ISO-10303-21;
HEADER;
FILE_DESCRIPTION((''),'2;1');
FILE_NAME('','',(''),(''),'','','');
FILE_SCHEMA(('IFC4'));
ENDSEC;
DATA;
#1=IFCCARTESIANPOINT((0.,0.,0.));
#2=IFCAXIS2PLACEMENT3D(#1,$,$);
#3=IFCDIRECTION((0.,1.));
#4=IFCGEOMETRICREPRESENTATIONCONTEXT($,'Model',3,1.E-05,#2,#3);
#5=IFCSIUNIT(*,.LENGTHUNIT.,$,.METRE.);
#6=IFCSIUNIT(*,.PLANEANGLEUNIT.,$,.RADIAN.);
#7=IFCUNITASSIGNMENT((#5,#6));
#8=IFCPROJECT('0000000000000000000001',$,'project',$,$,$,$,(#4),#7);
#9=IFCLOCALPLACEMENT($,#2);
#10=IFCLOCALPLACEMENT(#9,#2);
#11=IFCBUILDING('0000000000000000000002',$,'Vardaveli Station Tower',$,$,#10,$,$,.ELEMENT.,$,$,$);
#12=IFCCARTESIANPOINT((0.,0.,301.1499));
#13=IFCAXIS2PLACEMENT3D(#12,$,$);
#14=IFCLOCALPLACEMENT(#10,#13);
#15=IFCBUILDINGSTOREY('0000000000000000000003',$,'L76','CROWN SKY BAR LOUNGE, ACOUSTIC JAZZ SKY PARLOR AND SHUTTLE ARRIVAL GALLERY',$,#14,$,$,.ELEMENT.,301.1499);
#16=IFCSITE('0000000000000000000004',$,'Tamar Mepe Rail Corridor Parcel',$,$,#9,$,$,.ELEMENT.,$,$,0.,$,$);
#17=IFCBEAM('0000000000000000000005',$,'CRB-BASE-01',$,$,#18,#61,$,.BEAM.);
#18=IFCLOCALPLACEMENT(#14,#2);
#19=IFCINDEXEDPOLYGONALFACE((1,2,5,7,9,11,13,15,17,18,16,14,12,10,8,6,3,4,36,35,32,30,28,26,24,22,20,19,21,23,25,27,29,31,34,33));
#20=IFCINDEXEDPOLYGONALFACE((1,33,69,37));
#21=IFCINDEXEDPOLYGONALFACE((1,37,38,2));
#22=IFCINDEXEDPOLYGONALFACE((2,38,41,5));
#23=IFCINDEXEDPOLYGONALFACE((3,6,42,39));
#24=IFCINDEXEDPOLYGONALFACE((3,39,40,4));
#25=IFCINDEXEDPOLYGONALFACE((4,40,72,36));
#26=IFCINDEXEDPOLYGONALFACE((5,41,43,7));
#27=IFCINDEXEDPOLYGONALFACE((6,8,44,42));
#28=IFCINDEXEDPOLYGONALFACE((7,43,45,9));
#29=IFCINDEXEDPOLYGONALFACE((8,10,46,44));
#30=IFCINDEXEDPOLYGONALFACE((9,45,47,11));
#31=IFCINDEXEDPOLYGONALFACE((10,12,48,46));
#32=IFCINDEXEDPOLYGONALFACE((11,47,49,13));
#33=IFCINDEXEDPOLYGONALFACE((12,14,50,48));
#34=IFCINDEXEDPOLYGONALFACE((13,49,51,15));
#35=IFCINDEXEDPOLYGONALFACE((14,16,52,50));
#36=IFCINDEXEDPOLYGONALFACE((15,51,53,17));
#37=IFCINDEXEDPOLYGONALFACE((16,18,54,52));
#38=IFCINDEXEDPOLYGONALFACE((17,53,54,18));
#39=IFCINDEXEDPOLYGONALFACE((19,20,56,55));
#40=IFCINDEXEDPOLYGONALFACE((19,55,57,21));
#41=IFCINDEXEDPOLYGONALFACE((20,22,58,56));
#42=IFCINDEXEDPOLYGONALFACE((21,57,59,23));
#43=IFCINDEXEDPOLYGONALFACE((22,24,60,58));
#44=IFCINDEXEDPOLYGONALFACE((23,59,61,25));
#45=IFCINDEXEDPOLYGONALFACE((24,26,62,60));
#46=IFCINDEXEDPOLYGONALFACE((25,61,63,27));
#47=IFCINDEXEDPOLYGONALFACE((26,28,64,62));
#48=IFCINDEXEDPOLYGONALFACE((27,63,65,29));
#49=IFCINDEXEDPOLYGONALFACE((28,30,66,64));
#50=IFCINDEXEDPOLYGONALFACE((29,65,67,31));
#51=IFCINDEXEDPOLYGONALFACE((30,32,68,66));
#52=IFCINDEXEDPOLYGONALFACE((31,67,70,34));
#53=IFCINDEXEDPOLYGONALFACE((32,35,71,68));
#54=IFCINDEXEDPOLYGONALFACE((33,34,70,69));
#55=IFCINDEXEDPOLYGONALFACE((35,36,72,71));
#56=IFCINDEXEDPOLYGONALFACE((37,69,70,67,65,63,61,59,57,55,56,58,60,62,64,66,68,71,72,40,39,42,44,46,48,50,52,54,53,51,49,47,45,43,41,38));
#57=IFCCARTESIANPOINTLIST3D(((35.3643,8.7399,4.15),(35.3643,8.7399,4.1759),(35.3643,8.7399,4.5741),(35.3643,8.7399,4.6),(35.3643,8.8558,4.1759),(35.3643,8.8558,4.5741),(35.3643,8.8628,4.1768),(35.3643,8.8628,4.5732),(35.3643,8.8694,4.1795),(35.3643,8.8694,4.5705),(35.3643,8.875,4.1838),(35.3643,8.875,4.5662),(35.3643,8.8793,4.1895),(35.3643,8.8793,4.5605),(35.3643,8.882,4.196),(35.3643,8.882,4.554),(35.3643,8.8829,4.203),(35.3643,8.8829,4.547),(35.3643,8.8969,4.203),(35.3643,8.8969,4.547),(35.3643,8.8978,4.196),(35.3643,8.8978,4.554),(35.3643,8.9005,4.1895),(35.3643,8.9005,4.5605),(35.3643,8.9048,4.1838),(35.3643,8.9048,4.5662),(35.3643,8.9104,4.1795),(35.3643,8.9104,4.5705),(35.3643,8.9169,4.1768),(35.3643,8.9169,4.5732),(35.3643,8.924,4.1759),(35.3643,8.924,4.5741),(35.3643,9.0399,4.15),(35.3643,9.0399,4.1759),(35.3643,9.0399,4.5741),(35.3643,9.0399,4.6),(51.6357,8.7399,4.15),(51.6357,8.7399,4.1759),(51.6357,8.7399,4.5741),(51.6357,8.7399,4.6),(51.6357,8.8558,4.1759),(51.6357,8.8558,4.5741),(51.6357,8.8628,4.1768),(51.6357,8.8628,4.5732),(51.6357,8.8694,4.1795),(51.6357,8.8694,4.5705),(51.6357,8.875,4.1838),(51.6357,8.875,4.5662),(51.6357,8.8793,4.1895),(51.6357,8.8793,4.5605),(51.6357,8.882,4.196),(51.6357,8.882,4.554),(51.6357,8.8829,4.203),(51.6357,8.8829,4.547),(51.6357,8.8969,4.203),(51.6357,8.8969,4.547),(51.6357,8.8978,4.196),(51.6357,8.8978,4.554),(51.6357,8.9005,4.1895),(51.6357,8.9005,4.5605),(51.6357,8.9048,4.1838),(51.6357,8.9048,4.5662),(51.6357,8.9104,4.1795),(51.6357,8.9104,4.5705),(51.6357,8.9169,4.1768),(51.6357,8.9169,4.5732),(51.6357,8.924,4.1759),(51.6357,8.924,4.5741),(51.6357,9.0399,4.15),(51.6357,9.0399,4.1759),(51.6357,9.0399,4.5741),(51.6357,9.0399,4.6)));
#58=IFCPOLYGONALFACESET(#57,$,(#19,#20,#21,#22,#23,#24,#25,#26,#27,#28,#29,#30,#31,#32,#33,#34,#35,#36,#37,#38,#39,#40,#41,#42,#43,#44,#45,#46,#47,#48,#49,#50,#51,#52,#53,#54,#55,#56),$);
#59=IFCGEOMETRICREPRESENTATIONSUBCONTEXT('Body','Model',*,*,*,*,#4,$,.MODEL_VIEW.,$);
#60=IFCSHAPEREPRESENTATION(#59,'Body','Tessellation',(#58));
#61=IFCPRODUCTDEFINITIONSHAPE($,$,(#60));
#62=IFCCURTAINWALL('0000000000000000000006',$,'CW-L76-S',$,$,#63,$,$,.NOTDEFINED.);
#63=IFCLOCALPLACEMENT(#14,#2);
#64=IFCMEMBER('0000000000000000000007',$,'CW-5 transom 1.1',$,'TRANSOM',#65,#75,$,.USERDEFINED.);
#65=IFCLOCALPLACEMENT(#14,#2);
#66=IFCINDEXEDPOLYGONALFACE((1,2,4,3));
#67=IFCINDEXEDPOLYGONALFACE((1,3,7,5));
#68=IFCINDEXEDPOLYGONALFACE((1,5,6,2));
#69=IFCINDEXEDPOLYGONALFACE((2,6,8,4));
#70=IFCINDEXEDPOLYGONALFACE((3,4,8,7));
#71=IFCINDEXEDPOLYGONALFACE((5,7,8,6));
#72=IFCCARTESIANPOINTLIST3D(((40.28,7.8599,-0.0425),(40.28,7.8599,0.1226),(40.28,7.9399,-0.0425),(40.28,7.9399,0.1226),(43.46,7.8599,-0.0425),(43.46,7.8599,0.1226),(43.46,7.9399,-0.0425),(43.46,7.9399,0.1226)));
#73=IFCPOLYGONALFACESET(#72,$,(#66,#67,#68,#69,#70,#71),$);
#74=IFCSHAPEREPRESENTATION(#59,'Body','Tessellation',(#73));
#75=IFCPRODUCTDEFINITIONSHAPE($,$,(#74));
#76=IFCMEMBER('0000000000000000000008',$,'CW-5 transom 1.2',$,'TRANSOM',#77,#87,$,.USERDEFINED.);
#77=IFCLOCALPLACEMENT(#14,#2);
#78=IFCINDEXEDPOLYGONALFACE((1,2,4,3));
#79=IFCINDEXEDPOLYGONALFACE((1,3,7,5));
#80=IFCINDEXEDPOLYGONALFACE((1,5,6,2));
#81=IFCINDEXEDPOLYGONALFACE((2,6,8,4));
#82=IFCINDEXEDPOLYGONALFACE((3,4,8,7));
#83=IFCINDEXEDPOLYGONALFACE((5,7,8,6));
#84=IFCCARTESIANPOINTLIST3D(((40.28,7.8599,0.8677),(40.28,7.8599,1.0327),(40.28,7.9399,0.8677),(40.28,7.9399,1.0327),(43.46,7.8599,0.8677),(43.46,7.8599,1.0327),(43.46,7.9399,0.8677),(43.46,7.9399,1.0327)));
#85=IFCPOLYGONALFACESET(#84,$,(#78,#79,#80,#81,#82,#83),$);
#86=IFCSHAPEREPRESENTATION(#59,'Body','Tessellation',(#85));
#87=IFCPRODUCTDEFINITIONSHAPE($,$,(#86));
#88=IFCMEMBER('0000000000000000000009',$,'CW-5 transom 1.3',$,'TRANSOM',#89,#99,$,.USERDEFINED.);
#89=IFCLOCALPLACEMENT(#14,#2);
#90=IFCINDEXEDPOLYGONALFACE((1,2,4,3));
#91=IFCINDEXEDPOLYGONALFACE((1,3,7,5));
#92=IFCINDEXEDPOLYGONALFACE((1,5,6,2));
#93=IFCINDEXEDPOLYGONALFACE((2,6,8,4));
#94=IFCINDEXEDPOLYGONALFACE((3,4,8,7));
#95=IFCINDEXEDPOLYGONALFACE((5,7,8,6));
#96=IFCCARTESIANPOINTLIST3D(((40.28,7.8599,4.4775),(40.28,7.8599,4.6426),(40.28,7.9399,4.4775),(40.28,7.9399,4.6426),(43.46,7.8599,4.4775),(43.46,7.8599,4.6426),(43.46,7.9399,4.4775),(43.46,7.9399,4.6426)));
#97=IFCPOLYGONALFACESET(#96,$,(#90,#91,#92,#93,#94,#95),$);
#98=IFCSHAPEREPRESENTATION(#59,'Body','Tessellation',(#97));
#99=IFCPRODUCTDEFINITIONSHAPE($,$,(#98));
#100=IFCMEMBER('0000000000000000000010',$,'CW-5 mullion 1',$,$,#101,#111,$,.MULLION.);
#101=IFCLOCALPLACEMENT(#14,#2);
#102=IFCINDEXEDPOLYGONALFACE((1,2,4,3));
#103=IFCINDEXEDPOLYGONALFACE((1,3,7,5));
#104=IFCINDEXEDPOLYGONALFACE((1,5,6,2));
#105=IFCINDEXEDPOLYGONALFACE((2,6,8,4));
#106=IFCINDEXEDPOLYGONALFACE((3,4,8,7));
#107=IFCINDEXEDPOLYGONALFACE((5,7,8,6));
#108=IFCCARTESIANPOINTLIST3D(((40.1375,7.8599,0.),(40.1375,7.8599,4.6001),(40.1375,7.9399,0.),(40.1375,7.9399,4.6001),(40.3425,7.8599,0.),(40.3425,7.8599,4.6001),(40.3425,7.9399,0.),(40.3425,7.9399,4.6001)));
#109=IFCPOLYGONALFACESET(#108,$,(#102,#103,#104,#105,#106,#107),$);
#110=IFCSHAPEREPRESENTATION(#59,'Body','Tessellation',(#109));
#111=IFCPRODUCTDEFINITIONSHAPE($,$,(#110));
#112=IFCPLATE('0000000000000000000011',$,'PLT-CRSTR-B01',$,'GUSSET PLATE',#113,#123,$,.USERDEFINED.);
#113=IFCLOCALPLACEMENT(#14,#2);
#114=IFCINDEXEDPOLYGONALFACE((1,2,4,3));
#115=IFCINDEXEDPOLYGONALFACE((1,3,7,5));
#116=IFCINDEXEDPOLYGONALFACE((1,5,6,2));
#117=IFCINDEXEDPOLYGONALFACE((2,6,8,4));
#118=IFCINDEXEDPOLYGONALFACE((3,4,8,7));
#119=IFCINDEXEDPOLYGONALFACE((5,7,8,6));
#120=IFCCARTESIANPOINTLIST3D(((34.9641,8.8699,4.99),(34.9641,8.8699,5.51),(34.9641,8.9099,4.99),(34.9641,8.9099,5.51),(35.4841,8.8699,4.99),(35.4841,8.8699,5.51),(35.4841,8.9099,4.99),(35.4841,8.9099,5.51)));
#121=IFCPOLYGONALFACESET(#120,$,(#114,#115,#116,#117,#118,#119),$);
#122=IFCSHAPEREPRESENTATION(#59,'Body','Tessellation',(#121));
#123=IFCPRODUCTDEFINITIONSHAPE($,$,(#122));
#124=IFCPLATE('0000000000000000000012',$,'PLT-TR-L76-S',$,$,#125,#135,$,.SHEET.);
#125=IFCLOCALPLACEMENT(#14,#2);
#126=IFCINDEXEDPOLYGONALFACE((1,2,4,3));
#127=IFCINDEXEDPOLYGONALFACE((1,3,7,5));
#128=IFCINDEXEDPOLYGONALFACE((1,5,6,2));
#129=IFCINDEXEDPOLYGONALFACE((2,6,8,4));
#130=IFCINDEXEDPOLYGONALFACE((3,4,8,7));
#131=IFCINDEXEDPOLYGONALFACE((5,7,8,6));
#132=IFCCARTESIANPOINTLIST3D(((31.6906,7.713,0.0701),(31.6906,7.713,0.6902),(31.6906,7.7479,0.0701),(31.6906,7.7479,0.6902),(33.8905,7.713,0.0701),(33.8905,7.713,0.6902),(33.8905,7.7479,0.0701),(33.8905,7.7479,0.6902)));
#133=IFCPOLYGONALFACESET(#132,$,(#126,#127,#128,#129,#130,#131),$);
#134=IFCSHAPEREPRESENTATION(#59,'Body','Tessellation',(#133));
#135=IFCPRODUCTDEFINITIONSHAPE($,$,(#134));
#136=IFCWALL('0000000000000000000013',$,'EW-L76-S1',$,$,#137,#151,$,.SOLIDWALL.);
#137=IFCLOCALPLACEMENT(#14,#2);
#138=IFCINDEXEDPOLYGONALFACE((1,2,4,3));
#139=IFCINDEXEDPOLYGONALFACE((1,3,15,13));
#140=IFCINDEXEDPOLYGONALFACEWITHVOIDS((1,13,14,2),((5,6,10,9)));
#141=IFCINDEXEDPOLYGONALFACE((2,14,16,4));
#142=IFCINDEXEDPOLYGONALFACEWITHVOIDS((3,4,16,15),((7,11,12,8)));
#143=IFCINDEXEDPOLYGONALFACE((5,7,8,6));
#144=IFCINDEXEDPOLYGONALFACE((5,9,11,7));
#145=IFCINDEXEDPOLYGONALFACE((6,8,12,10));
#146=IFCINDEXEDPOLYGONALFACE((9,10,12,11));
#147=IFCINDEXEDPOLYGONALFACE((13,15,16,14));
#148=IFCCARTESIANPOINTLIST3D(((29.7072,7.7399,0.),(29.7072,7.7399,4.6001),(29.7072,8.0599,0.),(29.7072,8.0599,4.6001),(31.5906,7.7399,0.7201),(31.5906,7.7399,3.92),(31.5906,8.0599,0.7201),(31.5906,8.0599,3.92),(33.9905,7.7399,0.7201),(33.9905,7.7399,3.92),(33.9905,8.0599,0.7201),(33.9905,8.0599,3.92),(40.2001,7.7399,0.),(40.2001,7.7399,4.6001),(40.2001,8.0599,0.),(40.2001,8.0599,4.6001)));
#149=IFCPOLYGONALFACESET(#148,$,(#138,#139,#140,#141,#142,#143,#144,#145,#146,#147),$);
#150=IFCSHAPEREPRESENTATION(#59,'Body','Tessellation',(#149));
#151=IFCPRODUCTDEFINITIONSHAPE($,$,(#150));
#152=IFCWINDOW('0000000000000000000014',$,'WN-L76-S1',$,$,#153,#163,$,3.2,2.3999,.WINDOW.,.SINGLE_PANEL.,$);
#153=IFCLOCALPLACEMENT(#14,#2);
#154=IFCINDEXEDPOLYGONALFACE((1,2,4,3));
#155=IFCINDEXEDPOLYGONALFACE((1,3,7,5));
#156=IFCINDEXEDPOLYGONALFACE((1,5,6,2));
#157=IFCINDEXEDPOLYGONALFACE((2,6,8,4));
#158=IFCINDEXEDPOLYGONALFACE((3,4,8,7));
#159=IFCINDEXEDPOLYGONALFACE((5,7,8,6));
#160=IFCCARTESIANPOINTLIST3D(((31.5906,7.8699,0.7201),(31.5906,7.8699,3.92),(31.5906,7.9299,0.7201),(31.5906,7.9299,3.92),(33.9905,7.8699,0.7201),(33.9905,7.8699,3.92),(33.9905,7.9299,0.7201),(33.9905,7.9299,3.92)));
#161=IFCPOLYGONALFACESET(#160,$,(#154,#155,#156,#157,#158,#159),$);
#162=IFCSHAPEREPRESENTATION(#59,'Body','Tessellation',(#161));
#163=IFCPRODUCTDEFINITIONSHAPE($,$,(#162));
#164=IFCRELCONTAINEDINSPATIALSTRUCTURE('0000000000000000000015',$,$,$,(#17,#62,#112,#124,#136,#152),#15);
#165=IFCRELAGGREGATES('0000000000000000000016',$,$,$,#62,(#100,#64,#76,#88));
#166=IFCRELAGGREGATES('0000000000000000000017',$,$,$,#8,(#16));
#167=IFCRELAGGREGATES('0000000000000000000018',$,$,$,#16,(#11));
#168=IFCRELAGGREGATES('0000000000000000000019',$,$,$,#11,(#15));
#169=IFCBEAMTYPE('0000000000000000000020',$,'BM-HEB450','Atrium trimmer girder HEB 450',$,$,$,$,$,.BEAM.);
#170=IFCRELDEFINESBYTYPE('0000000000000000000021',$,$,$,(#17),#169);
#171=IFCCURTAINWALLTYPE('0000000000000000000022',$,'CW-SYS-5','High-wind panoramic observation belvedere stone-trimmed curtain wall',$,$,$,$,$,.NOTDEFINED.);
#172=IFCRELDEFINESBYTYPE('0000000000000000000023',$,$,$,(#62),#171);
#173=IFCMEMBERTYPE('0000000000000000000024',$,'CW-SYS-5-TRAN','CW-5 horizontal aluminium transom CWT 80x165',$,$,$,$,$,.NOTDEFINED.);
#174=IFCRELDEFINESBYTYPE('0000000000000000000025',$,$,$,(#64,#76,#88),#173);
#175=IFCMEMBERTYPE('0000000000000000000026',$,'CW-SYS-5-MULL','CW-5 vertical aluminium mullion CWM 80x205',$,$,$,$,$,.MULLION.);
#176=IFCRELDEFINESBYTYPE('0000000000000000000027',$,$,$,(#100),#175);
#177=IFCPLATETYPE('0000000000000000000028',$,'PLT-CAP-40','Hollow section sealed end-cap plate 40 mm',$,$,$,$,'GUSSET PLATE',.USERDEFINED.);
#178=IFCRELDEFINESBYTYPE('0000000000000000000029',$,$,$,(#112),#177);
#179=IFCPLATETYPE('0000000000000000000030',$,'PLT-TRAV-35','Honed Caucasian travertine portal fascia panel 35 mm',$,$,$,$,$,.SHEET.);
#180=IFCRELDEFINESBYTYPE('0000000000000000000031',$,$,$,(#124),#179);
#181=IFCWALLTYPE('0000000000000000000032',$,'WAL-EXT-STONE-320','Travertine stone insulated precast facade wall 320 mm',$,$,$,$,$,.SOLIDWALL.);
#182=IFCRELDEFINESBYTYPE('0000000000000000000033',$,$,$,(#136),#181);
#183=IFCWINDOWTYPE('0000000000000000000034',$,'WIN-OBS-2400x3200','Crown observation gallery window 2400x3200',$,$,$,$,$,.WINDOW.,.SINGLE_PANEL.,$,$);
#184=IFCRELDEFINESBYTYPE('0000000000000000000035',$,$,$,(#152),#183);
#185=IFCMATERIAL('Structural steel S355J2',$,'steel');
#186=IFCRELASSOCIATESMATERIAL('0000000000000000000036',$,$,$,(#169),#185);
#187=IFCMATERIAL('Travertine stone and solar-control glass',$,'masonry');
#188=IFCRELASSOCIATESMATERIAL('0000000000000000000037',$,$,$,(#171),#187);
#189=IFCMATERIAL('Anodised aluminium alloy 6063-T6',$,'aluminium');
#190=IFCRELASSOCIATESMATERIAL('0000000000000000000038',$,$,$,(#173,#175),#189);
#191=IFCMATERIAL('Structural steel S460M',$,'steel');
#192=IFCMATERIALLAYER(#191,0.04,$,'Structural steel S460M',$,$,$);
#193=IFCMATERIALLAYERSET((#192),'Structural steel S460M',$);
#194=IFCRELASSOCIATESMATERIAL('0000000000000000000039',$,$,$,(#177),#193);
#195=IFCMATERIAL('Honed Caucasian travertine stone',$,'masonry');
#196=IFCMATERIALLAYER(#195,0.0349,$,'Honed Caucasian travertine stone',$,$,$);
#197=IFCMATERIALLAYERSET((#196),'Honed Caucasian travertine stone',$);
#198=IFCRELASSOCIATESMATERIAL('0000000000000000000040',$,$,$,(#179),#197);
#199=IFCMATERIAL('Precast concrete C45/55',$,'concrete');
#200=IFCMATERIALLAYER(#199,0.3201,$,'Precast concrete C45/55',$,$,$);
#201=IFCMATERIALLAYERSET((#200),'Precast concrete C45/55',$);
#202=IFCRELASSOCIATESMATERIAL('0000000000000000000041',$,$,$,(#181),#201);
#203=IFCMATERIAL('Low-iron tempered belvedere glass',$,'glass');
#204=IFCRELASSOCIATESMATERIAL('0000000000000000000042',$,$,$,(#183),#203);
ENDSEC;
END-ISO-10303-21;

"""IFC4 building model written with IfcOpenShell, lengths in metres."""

from ifc_helpers import new_model, si_unit, direction, frame, frame_2d, origin, origin_2d, place, context, subcontext, project, spatial, rectangle, i_section, extrude, source, transform, mapped, material, layer, layer_set, material_profile, profile_set, type_object, element, fill, aggregate, save


model = new_model("IFC4")

# Units and contexts
model_context = context("Model", 3, precision=1e-05, world=origin(), true_north=direction((0.0, 1.0)))
body_context = subcontext(model_context, "Body", "Model", "MODEL_VIEW")
ifc_project = project(units=[si_unit("LENGTHUNIT", "METRE"), si_unit("PLANEANGLEUNIT", "RADIAN")], contexts=[model_context])

# Site, building, storey
site_placement = place(None, origin())
site = spatial("IfcSite", under=ifc_project, at=site_placement, Name="Tamar Mepe Rail Corridor Parcel", CompositionType="ELEMENT", RefElevation=0.0)
building_placement = place(site_placement, origin())
building = spatial("IfcBuilding", under=site, at=building_placement, Name="Vardaveli Station Tower", CompositionType="ELEMENT")
storey_placement = place(building_placement, frame((0.0, 0.0, 301.1499)))
storey = spatial("IfcBuildingStorey", under=building, at=storey_placement, Name="L76", Description="CROWN SKY BAR LOUNGE, ACOUSTIC JAZZ SKY PARLOR AND SHUTTLE ARRIVAL GALLERY", CompositionType="ELEMENT", Elevation=301.1499)

# Shared definitions
ifc_material_1 = material(Name="Structural steel S355J2", Category="steel")

# Beam
ifc_material_2 = material(Name="Precast concrete C45/55", Category="concrete")
ifc_material_profile_1 = material_profile(ifc_material_1, i_section(OverallWidth=0.3, OverallDepth=0.45, WebThickness=0.0139, FlangeThickness=0.0259, FilletRadius=0.0271, at=origin_2d()), Name="HEB 450")
ifc_profile_set_1 = profile_set([ifc_material_profile_1], Name="Structural steel S355J2")
beam_type_1 = type_object("IfcBeamType", Name="BM-HEB450", Description="Atrium trimmer girder HEB 450", PredefinedType="BEAM", material=ifc_profile_set_1)
shared_shape_1 = source(origin(), body_context, "Body", "SweptSolid", [
    extrude(i_section(OverallWidth=0.3, OverallDepth=0.45, WebThickness=0.0139, FlangeThickness=0.0259, FilletRadius=0.0271, at=origin_2d()), origin(), (0.0, 0.0, 1.0), 16.2715),
])
beam_1_placement = place(storey_placement, frame((35.3643, 8.8899, 4.375), z_axis=(1.0, 0.0, 0.0), x_axis=(0.0, 1.0, 0.0)))
element("IfcBeam", 1, at=beam_1_placement, inside=storey, type_object=beam_type_1, Name="CRB-BASE-01", PredefinedType="BEAM", context=body_context, shape_type="MappedRepresentation", body=[
    mapped(shared_shape_1, transform((0.0, 0.0, 0.0), scale=1.0)),
])

# Curtain wall, members
ifc_material_3 = material(Name="Travertine stone and solar-control glass", Category="masonry")
curtain_wall_type = type_object("IfcCurtainWallType", Name="CW-SYS-5", Description="High-wind panoramic observation belvedere stone-trimmed curtain wall", PredefinedType="NOTDEFINED", material=ifc_material_3)
curtain_wall_placement = place(storey_placement, origin())
curtain_wall = element("IfcCurtainWall", 2, at=curtain_wall_placement, inside=storey, type_object=curtain_wall_type, Name="CW-L76-S", PredefinedType="NOTDEFINED")
ifc_material_4 = material(Name="Anodised aluminium alloy 6063-T6", Category="aluminium")
ifc_material_profile_2 = material_profile(ifc_material_4, rectangle(XDim=0.0801, YDim=0.165, at=origin_2d()), Name="CWT 80x165")
ifc_profile_set_2 = profile_set([ifc_material_profile_2], Name="Anodised aluminium alloy 6063-T6")
member_type_1 = type_object("IfcMemberType", Name="CW-SYS-5-TRAN", Description="CW-5 horizontal aluminium transom CWT 80x165", PredefinedType="NOTDEFINED", material=ifc_profile_set_2)
shared_shape_2 = source(origin(), body_context, "Body", "SweptSolid", [
    extrude(rectangle(XDim=0.0801, YDim=0.165, at=origin_2d()), origin(), (0.0, 0.0, 1.0), 3.1799),
])
member_1_placement = place(storey_placement, frame((40.28, 7.8999, 0.04), z_axis=(1.0, 0.0, 0.0), x_axis=(0.0, 1.0, 0.0)))
member_1 = element("IfcMember", 3, at=member_1_placement, type_object=member_type_1, Name="CW-5 transom 1.1", ObjectType="TRANSOM", PredefinedType="USERDEFINED", context=body_context, shape_type="MappedRepresentation", body=[
    mapped(shared_shape_2, transform((0.0, 0.0, 0.0), scale=1.0)),
])
member_2_placement = place(storey_placement, frame((40.28, 7.8999, 0.9502), z_axis=(1.0, 0.0, 0.0), x_axis=(0.0, 1.0, 0.0)))
member_2 = element("IfcMember", 4, at=member_2_placement, type_object=member_type_1, Name="CW-5 transom 1.2", ObjectType="TRANSOM", PredefinedType="USERDEFINED", context=body_context, shape_type="MappedRepresentation", body=[
    mapped(shared_shape_2, transform((0.0, 0.0, 0.0), scale=1.0)),
])
member_3_placement = place(storey_placement, frame((40.28, 7.8999, 4.5601), z_axis=(1.0, 0.0, 0.0), x_axis=(0.0, 1.0, 0.0)))
member_3 = element("IfcMember", 5, at=member_3_placement, type_object=member_type_1, Name="CW-5 transom 1.3", ObjectType="TRANSOM", PredefinedType="USERDEFINED", context=body_context, shape_type="MappedRepresentation", body=[
    mapped(shared_shape_2, transform((0.0, 0.0, 0.0), scale=1.0)),
])
ifc_material_profile_3 = material_profile(ifc_material_4, rectangle(XDim=0.0801, YDim=0.2051, at=origin_2d()), Name="CWM 80x205")
ifc_profile_set_3 = profile_set([ifc_material_profile_3], Name="Anodised aluminium alloy 6063-T6")
member_type_2 = type_object("IfcMemberType", Name="CW-SYS-5-MULL", Description="CW-5 vertical aluminium mullion CWM 80x205", PredefinedType="MULLION", material=ifc_profile_set_3)
shared_shape_3 = source(origin(), body_context, "Body", "SweptSolid", [
    extrude(rectangle(XDim=0.0801, YDim=0.2051, at=origin_2d()), origin(), (0.0, 0.0, 1.0), 4.6001),
])
member_4_placement = place(storey_placement, frame((40.24, 7.8999, 0.0), z_axis=(0.0, 0.0, 1.0), x_axis=(0.0, 1.0, 0.0)))
member_4 = element("IfcMember", 6, at=member_4_placement, type_object=member_type_2, Name="CW-5 mullion 1", PredefinedType="MULLION", context=body_context, shape_type="MappedRepresentation", body=[
    mapped(shared_shape_3, transform((0.0, 0.0, 0.0), scale=1.0)),
])
aggregate(curtain_wall, [member_4, member_1, member_2, member_3])

# Plates
ifc_material_5 = material(Name="Structural steel S460M", Category="steel")
ifc_layer_1 = layer(ifc_material_5, 0.04, Name="Structural steel S460M")
ifc_layer_set_1 = layer_set([ifc_layer_1], Name="Structural steel S460M")
plate_type_1 = type_object("IfcPlateType", Name="PLT-CAP-40", Description="Hollow section sealed end-cap plate 40 mm", ElementType="GUSSET PLATE", PredefinedType="USERDEFINED", material=ifc_layer_set_1)
shared_shape_4 = source(origin(), body_context, "Body", "SweptSolid", [
    extrude(rectangle(XDim=0.52, YDim=0.04, at=origin_2d()), origin(), (0.0, 0.0, 1.0), 0.52),
])
plate_1_placement = place(storey_placement, frame((35.2241, 8.8899, 4.99), z_axis=(0.0, 0.0, 1.0), x_axis=(1.0, 0.0, 0.0)))
element("IfcPlate", 7, at=plate_1_placement, inside=storey, type_object=plate_type_1, Name="PLT-CRSTR-B01", ObjectType="GUSSET PLATE", PredefinedType="USERDEFINED", context=body_context, shape_type="MappedRepresentation", body=[
    mapped(shared_shape_4, transform((0.0, 0.0, 0.0), scale=1.0)),
])
ifc_material_6 = material(Name="Honed Caucasian travertine stone", Category="masonry")
ifc_layer_2 = layer(ifc_material_6, 0.0349, Name="Honed Caucasian travertine stone")
ifc_layer_set_2 = layer_set([ifc_layer_2], Name="Honed Caucasian travertine stone")
plate_type_2 = type_object("IfcPlateType", Name="PLT-TRAV-35", Description="Honed Caucasian travertine portal fascia panel 35 mm", PredefinedType="SHEET", material=ifc_layer_set_2)
shared_shape_5 = source(origin(), body_context, "Body", "SweptSolid", [
    extrude(rectangle(XDim=2.2, YDim=0.0349, at=origin_2d()), origin(), (0.0, 0.0, 1.0), 0.6201),
])
plate_2_placement = place(storey_placement, frame((32.7905, 7.7305, 0.0701), z_axis=(0.0, 0.0, 1.0), x_axis=(1.0, 0.0, 0.0)))
element("IfcPlate", 8, at=plate_2_placement, inside=storey, type_object=plate_type_2, Name="PLT-TR-L76-S", PredefinedType="SHEET", context=body_context, shape_type="MappedRepresentation", body=[
    mapped(shared_shape_5, transform((0.0, 0.0, 0.0), scale=1.0)),
])

# Wall, opening, window
ifc_layer_3 = layer(ifc_material_2, 0.3201, Name="Precast concrete C45/55")
ifc_layer_set_3 = layer_set([ifc_layer_3], Name="Precast concrete C45/55")
wall_type_1 = type_object("IfcWallType", Name="WAL-EXT-STONE-320", Description="Travertine stone insulated precast facade wall 320 mm", PredefinedType="SOLIDWALL", material=ifc_layer_set_3)
shared_shape_6 = source(origin(), body_context, "Body", "SweptSolid", [
    extrude(rectangle(XDim=10.4929, YDim=0.3201, at=frame_2d((5.2466, 0.0))), origin(), (0.0, 0.0, 1.0), 4.6001),
])
wall_1_placement = place(storey_placement, frame((29.707, 7.8999, 0.0), z_axis=(0.0, 0.0, 1.0), x_axis=(1.0, 0.0, 0.0)))
wall_1 = element("IfcWall", 9, at=wall_1_placement, inside=storey, type_object=wall_type_1, Name="EW-L76-S1", PredefinedType="SOLIDWALL", context=body_context, shape_type="MappedRepresentation", body=[
    mapped(shared_shape_6, transform((0.0, 0.0, 0.0), scale=1.0)),
])
shared_shape_7 = source(origin(), body_context, "Body", "SweptSolid", [
    extrude(rectangle(XDim=2.3999, YDim=3.2, at=frame_2d((1.2, 1.6001))), frame((0.0, 0.1699, 0.0), z_axis=(0.0, -1.0, 0.0), x_axis=(1.0, 0.0, 0.0)), (0.0, 0.0, 1.0), 0.3401),
])
opening_placement = place(wall_1_placement, frame((1.8835, 0.0, 0.72)))
opening = element("IfcOpeningElement", 10, at=opening_placement, cuts=wall_1, PredefinedType="OPENING", context=body_context, shape_type="MappedRepresentation", body=[
    mapped(shared_shape_7, transform((0.0, 0.0, 0.0), scale=1.0)),
])
ifc_material_7 = material(Name="Low-iron tempered belvedere glass", Category="glass")
window_type = type_object("IfcWindowType", Name="WIN-OBS-2400x3200", Description="Crown observation gallery window 2400x3200", PartitioningType="SINGLE_PANEL", PredefinedType="WINDOW", material=ifc_material_7)
shared_shape_8 = source(origin(), body_context, "Body", "SweptSolid", [
    extrude(rectangle(XDim=2.3999, YDim=3.2, at=frame_2d((1.2, 1.6001))), frame((0.0, 0.03, 0.0), z_axis=(0.0, -1.0, 0.0), x_axis=(1.0, 0.0, 0.0)), (0.0, 0.0, 1.0), 0.0601),
])
window_placement = place(opening_placement, origin())
window = element("IfcWindow", 11, at=window_placement, inside=storey, type_object=window_type, Name="WN-L76-S1", OverallHeight=3.2, OverallWidth=2.3999, PartitioningType="SINGLE_PANEL", PredefinedType="WINDOW", context=body_context, shape_type="MappedRepresentation", body=[
    mapped(shared_shape_8, transform((0.0, 0.0, 0.0), scale=1.0)),
])
fill(opening, window)

save(model, "model.ifc")
